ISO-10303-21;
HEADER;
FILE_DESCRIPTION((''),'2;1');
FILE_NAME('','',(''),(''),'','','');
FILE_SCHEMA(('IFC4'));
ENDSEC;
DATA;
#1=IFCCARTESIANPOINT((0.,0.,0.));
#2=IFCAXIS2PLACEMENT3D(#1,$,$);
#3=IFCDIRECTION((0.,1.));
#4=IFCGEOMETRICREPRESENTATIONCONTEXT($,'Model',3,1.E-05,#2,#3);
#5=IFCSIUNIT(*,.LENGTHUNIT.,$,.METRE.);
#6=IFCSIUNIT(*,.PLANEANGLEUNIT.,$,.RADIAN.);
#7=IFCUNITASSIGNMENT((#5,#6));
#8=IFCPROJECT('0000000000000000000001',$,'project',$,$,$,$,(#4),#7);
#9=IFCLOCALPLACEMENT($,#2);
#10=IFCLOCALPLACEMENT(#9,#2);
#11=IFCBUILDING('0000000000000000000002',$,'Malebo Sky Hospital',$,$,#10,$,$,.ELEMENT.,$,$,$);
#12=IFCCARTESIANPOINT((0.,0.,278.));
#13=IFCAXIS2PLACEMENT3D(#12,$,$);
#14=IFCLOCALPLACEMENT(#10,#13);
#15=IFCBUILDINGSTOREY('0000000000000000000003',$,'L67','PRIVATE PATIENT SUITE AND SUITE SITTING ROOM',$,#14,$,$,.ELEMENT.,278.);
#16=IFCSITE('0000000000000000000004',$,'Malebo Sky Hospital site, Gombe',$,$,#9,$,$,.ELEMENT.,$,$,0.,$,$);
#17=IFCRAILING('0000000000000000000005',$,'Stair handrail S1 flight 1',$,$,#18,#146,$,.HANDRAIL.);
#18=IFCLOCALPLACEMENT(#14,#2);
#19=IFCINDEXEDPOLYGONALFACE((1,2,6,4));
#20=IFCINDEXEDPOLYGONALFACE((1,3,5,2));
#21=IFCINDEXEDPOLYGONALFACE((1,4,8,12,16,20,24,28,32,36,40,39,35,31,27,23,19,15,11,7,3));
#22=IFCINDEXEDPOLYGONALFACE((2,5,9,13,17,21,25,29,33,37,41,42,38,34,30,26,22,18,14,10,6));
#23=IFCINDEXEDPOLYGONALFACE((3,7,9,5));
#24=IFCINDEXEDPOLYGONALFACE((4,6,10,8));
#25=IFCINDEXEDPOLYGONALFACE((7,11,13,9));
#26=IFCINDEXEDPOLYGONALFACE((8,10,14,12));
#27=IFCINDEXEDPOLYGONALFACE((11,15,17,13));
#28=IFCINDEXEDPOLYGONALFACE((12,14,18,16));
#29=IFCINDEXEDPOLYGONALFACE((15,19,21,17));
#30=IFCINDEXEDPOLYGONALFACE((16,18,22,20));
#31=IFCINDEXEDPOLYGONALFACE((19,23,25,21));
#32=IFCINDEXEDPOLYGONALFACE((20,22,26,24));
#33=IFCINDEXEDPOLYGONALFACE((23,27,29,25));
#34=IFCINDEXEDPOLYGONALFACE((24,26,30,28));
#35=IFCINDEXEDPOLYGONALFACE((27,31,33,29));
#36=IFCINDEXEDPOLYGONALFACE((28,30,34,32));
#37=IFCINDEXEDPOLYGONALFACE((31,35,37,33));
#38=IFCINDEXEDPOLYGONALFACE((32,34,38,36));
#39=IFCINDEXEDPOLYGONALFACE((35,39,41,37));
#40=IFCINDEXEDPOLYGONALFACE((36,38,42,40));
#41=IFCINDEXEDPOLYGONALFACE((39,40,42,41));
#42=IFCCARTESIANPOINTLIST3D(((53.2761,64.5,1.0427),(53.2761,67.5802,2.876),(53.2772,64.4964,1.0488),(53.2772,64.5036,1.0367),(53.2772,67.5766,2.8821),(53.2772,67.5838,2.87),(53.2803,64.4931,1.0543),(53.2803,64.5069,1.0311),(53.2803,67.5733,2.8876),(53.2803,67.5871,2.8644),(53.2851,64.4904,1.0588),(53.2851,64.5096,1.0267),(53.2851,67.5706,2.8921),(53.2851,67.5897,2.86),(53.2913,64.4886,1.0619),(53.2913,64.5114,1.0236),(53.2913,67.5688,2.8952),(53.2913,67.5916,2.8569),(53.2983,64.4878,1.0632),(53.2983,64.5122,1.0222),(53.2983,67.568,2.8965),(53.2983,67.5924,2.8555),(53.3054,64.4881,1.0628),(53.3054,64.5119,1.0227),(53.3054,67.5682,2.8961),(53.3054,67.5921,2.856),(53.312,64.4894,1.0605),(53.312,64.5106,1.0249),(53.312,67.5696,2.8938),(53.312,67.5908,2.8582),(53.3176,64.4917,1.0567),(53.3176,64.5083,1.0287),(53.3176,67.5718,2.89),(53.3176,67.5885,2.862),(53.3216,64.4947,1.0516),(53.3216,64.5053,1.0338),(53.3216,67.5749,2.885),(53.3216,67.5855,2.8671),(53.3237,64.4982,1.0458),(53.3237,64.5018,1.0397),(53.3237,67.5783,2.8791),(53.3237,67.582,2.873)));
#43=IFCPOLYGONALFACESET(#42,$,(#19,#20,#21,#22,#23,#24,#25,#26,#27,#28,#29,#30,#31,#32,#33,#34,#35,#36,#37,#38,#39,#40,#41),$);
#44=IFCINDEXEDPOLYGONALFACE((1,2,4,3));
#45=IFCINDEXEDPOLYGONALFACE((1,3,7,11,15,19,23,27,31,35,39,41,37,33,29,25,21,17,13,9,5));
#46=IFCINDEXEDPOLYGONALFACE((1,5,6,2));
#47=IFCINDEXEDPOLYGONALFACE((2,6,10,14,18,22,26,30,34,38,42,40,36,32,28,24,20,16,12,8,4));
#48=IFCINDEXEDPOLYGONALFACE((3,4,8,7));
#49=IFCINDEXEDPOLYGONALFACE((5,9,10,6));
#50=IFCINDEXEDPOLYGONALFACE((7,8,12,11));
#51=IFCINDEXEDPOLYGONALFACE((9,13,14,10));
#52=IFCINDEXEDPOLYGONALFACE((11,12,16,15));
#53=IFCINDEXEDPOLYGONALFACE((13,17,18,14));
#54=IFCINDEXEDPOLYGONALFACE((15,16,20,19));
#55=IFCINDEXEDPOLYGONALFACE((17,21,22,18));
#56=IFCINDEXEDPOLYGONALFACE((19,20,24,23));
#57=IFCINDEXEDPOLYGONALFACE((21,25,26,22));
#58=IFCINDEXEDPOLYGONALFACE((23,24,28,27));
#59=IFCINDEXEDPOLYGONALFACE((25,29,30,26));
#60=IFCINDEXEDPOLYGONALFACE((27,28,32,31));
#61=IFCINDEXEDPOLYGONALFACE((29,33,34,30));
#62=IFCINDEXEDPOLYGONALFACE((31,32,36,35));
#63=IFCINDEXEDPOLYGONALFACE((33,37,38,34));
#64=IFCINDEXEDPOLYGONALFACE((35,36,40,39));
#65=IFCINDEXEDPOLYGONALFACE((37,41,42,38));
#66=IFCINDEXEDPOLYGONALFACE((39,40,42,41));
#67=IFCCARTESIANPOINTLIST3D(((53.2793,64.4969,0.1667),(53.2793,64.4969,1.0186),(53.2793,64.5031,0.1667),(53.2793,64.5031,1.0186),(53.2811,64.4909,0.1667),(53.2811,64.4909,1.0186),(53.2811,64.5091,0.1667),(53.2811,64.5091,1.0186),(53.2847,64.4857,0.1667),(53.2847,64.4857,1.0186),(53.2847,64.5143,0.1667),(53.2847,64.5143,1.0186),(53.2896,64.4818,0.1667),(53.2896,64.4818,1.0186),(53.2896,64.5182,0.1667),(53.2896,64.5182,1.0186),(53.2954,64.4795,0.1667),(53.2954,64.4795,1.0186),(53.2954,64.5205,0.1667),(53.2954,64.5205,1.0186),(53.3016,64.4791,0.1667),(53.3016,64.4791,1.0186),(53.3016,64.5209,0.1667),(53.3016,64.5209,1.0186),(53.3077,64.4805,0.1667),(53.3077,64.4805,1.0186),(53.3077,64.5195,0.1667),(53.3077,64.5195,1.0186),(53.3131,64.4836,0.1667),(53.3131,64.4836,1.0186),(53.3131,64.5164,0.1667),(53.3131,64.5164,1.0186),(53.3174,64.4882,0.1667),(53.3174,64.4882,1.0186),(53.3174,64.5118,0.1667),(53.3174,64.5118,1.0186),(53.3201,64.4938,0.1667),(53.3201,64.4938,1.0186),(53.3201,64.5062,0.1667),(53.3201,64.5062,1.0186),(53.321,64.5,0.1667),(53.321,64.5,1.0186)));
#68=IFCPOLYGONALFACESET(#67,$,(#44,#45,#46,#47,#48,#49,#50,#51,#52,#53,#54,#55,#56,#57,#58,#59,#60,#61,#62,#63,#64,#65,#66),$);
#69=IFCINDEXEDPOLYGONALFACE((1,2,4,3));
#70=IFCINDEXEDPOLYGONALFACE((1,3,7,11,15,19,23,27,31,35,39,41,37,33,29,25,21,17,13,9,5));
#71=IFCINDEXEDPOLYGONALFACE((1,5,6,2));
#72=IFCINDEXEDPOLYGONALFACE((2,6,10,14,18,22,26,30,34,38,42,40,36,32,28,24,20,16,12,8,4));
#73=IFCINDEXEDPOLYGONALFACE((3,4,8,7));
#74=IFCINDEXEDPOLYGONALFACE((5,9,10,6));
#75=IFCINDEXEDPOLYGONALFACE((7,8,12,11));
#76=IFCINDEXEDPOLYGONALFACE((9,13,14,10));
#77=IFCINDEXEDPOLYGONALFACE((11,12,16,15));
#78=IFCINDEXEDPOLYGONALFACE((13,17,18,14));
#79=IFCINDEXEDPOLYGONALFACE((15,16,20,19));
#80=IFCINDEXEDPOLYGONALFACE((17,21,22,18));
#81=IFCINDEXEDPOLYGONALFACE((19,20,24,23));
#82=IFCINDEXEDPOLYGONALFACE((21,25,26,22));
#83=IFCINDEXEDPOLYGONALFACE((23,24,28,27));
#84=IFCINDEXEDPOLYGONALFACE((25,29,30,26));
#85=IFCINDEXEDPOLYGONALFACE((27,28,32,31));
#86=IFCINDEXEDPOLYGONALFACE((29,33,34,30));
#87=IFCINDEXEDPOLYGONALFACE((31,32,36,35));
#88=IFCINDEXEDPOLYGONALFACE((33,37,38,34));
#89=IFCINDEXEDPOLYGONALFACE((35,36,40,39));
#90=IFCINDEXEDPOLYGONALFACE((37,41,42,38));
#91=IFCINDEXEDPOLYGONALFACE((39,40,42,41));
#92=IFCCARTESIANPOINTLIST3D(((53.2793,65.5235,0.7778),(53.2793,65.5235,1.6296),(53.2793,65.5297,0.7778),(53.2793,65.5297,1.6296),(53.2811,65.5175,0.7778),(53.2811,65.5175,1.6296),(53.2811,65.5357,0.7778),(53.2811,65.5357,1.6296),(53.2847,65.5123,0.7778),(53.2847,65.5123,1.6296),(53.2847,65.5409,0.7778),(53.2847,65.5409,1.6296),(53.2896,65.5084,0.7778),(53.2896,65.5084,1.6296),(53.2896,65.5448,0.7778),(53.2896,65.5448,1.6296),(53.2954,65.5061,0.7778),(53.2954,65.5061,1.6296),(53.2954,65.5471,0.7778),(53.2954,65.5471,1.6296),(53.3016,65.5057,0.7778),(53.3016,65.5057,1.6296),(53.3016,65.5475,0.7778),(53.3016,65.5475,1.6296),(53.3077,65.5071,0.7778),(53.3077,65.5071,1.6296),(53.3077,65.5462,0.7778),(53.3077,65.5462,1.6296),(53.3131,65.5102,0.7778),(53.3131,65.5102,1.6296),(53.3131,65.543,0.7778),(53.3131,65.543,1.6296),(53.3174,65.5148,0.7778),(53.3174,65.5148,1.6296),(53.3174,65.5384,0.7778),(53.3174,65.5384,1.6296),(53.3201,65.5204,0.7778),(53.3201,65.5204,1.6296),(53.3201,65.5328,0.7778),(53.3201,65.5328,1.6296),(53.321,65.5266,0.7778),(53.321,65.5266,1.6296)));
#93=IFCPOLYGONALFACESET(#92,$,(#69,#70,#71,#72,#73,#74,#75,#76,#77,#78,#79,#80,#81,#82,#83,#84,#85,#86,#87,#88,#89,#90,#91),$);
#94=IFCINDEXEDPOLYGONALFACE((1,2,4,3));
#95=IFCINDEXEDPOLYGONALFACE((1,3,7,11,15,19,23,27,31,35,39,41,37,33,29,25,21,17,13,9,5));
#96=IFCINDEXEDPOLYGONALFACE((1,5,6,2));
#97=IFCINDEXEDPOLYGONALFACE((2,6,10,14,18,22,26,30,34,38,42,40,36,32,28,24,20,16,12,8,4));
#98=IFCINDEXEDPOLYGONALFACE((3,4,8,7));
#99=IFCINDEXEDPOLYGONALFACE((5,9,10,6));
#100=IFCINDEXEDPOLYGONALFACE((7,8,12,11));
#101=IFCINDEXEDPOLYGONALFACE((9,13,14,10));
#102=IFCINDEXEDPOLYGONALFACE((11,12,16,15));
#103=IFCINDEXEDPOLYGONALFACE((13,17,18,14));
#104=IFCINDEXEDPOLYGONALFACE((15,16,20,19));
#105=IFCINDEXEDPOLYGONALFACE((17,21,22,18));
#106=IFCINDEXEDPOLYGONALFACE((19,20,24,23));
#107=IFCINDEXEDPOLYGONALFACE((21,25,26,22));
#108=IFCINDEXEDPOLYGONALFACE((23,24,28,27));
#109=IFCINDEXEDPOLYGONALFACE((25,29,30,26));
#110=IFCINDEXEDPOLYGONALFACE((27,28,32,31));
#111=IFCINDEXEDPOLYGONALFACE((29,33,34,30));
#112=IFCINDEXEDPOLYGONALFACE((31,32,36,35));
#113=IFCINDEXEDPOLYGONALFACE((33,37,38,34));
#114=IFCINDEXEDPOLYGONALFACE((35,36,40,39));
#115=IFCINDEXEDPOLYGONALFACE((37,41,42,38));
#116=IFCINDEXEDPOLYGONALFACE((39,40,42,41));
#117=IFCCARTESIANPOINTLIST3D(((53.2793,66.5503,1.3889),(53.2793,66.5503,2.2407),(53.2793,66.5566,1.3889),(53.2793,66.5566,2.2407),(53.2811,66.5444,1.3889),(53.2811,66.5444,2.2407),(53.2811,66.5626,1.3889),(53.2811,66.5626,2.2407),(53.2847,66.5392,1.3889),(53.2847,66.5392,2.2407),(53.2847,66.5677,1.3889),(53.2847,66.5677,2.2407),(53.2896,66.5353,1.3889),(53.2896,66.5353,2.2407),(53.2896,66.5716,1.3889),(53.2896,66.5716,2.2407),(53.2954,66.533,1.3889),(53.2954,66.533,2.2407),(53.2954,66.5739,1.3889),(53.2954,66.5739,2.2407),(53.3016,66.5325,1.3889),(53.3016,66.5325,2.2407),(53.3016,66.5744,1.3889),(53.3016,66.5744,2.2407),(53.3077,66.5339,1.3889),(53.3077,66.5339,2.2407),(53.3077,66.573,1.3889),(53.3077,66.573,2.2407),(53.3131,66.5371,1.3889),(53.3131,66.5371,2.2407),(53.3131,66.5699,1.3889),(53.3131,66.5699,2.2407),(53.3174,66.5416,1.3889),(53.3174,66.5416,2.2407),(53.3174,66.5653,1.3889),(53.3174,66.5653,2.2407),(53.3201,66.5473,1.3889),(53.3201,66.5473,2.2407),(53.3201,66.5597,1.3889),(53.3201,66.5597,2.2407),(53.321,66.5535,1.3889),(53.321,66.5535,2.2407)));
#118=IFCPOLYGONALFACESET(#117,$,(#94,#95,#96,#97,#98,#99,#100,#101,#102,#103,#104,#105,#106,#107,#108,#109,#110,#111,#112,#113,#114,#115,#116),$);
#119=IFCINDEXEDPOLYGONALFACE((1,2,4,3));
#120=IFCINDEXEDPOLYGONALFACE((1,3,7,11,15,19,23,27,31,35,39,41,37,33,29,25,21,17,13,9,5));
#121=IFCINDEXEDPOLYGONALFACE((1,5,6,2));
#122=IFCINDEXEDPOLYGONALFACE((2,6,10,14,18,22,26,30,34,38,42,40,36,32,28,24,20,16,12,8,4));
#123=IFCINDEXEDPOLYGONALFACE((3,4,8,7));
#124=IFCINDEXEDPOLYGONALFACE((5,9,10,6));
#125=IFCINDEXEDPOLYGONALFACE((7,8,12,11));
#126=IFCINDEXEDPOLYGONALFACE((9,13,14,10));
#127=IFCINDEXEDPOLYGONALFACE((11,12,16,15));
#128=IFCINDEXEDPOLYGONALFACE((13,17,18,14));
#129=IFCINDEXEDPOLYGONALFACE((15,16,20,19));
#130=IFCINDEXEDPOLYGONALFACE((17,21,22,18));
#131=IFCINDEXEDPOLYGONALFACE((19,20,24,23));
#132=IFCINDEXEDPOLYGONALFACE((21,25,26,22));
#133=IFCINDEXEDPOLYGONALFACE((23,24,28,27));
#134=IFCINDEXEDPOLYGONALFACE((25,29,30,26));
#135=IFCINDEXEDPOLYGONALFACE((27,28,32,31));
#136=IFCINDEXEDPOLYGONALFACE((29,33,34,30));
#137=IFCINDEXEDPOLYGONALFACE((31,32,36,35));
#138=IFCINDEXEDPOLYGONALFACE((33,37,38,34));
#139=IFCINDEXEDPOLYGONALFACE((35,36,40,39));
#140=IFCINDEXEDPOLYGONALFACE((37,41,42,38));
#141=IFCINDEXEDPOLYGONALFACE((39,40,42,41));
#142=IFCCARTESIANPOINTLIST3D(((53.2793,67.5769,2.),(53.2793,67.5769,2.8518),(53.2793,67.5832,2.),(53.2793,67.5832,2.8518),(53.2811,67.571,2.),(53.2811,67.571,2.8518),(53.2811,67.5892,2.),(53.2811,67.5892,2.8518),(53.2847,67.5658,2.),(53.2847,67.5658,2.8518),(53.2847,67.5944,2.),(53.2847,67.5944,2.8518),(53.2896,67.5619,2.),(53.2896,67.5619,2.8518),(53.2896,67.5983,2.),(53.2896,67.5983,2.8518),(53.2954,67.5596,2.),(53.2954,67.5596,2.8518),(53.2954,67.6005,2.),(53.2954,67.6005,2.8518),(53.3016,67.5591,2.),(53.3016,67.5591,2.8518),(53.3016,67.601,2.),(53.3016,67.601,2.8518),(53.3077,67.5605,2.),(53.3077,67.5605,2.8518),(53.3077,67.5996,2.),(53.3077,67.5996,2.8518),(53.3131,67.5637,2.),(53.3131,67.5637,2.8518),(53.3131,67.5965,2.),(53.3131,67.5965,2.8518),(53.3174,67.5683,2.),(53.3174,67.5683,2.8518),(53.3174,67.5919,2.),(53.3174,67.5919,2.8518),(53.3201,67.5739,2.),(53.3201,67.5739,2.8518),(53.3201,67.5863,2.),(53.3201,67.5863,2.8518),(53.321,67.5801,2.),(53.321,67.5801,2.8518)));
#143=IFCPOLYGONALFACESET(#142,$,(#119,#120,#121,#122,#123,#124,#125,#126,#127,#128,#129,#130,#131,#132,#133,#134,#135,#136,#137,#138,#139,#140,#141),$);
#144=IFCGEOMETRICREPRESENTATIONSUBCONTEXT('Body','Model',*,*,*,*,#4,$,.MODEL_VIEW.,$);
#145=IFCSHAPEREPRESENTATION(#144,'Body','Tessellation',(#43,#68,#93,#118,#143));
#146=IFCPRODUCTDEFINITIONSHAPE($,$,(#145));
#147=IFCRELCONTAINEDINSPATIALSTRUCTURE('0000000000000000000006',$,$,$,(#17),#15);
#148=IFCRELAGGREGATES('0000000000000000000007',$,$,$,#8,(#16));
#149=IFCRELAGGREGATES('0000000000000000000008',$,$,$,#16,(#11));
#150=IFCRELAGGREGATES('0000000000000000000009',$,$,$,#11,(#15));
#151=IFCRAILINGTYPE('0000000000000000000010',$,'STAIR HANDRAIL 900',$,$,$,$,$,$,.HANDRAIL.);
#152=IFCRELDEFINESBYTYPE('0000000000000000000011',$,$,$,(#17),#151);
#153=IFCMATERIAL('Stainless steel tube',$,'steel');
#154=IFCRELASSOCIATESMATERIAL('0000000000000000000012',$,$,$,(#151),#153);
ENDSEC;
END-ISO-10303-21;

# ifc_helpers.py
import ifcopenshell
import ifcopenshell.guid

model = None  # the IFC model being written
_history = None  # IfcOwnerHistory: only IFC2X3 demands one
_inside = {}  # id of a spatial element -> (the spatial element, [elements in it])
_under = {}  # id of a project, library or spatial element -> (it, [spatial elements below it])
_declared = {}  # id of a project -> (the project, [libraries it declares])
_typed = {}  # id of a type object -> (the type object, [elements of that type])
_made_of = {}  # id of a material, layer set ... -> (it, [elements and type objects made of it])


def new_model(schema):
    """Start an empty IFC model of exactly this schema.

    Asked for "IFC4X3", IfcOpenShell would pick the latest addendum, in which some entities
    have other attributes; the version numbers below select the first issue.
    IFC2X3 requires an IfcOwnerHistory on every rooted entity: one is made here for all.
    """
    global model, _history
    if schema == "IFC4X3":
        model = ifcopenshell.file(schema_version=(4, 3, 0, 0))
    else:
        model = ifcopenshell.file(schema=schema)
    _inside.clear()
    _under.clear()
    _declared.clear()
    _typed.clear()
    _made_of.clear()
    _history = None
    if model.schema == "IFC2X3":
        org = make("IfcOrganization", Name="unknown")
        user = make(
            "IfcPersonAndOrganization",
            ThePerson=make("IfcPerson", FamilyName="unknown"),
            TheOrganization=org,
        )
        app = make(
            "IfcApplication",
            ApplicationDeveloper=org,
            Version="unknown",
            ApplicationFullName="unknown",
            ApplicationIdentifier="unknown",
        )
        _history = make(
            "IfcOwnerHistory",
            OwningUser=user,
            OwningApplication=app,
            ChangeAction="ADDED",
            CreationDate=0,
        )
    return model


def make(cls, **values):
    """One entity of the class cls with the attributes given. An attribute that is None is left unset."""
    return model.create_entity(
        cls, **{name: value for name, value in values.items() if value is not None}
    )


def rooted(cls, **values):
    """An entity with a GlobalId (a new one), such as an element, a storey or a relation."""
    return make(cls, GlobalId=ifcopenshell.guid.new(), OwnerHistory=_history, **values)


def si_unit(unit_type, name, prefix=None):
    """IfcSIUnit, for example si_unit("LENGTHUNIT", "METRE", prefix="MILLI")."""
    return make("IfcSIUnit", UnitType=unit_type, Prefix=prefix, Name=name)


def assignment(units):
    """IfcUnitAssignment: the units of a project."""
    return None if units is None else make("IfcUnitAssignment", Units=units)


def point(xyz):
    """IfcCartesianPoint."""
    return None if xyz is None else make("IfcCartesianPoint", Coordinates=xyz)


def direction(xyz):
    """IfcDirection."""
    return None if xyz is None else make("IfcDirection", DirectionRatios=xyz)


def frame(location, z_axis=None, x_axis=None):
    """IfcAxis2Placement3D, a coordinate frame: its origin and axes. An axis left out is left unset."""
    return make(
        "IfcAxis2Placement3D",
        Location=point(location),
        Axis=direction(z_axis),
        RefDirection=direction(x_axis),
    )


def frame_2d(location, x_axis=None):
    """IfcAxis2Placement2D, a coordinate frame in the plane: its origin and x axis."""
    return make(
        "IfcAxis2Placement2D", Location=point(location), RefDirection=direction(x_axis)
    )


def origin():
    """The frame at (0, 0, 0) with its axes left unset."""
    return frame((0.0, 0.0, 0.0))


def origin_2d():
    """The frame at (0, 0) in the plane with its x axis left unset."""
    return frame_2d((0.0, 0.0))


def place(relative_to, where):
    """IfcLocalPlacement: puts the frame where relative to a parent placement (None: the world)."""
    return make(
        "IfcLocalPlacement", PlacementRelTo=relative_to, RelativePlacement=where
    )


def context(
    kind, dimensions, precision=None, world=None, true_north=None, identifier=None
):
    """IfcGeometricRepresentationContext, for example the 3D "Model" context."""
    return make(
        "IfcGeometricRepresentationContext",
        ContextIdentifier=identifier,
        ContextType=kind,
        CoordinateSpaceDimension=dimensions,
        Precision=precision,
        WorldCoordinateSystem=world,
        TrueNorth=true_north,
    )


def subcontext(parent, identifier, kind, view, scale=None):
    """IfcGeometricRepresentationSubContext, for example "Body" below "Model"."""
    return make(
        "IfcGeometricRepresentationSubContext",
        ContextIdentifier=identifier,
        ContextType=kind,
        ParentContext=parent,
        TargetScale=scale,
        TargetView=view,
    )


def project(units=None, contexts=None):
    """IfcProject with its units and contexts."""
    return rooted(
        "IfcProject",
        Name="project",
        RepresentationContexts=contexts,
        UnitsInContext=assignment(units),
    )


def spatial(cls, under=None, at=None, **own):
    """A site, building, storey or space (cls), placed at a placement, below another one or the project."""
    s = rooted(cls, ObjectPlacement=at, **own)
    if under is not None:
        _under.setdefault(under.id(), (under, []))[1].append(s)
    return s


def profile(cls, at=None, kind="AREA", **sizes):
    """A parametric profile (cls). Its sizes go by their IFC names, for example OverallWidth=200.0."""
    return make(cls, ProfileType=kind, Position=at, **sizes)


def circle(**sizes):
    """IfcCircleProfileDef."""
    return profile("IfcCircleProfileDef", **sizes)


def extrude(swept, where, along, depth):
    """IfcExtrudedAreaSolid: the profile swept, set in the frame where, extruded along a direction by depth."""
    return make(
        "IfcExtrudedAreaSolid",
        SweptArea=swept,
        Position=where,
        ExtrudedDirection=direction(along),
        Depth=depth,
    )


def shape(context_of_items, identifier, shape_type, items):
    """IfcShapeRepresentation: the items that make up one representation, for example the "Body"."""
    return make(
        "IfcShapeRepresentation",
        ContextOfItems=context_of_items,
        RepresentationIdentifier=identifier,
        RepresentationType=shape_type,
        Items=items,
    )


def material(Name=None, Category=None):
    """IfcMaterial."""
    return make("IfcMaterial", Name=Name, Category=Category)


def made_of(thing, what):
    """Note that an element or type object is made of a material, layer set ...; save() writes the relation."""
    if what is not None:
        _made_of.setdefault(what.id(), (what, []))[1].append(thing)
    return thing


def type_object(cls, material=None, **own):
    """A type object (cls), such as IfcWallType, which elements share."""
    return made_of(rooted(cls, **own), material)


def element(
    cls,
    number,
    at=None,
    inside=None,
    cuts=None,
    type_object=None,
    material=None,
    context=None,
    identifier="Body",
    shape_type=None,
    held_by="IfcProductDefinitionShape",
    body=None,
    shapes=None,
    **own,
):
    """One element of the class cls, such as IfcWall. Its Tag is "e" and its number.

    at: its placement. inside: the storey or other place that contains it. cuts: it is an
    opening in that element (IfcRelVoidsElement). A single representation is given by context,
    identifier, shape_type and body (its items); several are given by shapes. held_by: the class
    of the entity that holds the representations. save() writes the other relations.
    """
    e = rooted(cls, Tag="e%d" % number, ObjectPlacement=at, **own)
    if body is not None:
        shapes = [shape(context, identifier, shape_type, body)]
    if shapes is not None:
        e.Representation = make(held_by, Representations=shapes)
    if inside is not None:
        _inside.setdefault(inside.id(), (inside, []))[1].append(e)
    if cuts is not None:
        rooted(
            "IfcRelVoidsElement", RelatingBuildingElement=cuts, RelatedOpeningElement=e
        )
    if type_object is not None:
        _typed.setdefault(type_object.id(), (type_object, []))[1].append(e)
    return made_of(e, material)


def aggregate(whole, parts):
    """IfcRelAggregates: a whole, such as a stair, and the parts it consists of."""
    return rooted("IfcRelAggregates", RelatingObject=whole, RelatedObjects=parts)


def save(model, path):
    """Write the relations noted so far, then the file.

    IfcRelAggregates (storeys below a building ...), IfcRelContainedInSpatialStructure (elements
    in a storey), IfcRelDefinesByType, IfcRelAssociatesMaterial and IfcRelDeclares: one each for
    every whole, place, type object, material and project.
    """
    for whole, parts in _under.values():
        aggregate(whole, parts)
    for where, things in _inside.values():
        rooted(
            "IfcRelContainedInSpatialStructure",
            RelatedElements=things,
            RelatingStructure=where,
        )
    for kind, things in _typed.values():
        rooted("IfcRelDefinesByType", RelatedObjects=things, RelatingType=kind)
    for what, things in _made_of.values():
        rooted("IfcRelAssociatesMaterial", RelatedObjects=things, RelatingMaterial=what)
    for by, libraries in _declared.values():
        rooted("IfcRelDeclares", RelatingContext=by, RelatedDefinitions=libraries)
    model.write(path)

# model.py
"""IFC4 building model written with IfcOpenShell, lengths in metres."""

from ifc_helpers import new_model, si_unit, direction, frame, origin, origin_2d, place, context, subcontext, project, spatial, circle, extrude, material, type_object, element, save


model = new_model("IFC4")

# Units and contexts
model_context = context("Model", 3, precision=1e-05, world=origin(), true_north=direction((0.0, 1.0)))
body_context = subcontext(model_context, "Body", "Model", "MODEL_VIEW")
ifc_project = project(units=[si_unit("LENGTHUNIT", "METRE"), si_unit("PLANEANGLEUNIT", "RADIAN")], contexts=[model_context])

# Site, building, storey
site_placement = place(None, origin())
site = spatial("IfcSite", under=ifc_project, at=site_placement, Name="Malebo Sky Hospital site, Gombe", CompositionType="ELEMENT", RefElevation=0.0)
building_placement = place(site_placement, origin())
building = spatial("IfcBuilding", under=site, at=building_placement, Name="Malebo Sky Hospital", CompositionType="ELEMENT")
storey_placement = place(building_placement, frame((0.0, 0.0, 278.0)))
storey = spatial("IfcBuildingStorey", under=building, at=storey_placement, Name="L67", Description="PRIVATE PATIENT SUITE AND SUITE SITTING ROOM", CompositionType="ELEMENT", Elevation=278.0)

# Railing
ifc_material_1 = material(Name="Stainless steel tube", Category="steel")
railing_type = type_object("IfcRailingType", Name="STAIR HANDRAIL 900", PredefinedType="HANDRAIL", material=ifc_material_1)
railing_placement = place(storey_placement, frame((53.3, 64.5, 0.1667)))
element("IfcRailing", 1, at=railing_placement, inside=storey, type_object=railing_type, Name="Stair handrail S1 flight 1", PredefinedType="HANDRAIL", context=body_context, shape_type="SweptSolid", body=[
    extrude(circle(Radius=0.0239, at=origin_2d()), frame((0.0, 0.0, 0.876), z_axis=(0.0, 0.859309, 0.511458), x_axis=(-1.0, 0.0, 0.0)), (0.0, 0.0, 1.0), 3.5845),
    extrude(circle(Radius=0.021, at=origin_2d()), origin(), (0.0, 0.0, 1.0), 0.8518),
    extrude(circle(Radius=0.021, at=origin_2d()), frame((0.0, 1.0266, 0.6111)), (0.0, 0.0, 1.0), 0.8518),
    extrude(circle(Radius=0.021, at=origin_2d()), frame((0.0, 2.0535, 1.2222)), (0.0, 0.0, 1.0), 0.8518),
    extrude(circle(Radius=0.021, at=origin_2d()), frame((0.0, 3.0801, 1.8333)), (0.0, 0.0, 1.0), 0.8518),
])

save(model, "model.ifc")
